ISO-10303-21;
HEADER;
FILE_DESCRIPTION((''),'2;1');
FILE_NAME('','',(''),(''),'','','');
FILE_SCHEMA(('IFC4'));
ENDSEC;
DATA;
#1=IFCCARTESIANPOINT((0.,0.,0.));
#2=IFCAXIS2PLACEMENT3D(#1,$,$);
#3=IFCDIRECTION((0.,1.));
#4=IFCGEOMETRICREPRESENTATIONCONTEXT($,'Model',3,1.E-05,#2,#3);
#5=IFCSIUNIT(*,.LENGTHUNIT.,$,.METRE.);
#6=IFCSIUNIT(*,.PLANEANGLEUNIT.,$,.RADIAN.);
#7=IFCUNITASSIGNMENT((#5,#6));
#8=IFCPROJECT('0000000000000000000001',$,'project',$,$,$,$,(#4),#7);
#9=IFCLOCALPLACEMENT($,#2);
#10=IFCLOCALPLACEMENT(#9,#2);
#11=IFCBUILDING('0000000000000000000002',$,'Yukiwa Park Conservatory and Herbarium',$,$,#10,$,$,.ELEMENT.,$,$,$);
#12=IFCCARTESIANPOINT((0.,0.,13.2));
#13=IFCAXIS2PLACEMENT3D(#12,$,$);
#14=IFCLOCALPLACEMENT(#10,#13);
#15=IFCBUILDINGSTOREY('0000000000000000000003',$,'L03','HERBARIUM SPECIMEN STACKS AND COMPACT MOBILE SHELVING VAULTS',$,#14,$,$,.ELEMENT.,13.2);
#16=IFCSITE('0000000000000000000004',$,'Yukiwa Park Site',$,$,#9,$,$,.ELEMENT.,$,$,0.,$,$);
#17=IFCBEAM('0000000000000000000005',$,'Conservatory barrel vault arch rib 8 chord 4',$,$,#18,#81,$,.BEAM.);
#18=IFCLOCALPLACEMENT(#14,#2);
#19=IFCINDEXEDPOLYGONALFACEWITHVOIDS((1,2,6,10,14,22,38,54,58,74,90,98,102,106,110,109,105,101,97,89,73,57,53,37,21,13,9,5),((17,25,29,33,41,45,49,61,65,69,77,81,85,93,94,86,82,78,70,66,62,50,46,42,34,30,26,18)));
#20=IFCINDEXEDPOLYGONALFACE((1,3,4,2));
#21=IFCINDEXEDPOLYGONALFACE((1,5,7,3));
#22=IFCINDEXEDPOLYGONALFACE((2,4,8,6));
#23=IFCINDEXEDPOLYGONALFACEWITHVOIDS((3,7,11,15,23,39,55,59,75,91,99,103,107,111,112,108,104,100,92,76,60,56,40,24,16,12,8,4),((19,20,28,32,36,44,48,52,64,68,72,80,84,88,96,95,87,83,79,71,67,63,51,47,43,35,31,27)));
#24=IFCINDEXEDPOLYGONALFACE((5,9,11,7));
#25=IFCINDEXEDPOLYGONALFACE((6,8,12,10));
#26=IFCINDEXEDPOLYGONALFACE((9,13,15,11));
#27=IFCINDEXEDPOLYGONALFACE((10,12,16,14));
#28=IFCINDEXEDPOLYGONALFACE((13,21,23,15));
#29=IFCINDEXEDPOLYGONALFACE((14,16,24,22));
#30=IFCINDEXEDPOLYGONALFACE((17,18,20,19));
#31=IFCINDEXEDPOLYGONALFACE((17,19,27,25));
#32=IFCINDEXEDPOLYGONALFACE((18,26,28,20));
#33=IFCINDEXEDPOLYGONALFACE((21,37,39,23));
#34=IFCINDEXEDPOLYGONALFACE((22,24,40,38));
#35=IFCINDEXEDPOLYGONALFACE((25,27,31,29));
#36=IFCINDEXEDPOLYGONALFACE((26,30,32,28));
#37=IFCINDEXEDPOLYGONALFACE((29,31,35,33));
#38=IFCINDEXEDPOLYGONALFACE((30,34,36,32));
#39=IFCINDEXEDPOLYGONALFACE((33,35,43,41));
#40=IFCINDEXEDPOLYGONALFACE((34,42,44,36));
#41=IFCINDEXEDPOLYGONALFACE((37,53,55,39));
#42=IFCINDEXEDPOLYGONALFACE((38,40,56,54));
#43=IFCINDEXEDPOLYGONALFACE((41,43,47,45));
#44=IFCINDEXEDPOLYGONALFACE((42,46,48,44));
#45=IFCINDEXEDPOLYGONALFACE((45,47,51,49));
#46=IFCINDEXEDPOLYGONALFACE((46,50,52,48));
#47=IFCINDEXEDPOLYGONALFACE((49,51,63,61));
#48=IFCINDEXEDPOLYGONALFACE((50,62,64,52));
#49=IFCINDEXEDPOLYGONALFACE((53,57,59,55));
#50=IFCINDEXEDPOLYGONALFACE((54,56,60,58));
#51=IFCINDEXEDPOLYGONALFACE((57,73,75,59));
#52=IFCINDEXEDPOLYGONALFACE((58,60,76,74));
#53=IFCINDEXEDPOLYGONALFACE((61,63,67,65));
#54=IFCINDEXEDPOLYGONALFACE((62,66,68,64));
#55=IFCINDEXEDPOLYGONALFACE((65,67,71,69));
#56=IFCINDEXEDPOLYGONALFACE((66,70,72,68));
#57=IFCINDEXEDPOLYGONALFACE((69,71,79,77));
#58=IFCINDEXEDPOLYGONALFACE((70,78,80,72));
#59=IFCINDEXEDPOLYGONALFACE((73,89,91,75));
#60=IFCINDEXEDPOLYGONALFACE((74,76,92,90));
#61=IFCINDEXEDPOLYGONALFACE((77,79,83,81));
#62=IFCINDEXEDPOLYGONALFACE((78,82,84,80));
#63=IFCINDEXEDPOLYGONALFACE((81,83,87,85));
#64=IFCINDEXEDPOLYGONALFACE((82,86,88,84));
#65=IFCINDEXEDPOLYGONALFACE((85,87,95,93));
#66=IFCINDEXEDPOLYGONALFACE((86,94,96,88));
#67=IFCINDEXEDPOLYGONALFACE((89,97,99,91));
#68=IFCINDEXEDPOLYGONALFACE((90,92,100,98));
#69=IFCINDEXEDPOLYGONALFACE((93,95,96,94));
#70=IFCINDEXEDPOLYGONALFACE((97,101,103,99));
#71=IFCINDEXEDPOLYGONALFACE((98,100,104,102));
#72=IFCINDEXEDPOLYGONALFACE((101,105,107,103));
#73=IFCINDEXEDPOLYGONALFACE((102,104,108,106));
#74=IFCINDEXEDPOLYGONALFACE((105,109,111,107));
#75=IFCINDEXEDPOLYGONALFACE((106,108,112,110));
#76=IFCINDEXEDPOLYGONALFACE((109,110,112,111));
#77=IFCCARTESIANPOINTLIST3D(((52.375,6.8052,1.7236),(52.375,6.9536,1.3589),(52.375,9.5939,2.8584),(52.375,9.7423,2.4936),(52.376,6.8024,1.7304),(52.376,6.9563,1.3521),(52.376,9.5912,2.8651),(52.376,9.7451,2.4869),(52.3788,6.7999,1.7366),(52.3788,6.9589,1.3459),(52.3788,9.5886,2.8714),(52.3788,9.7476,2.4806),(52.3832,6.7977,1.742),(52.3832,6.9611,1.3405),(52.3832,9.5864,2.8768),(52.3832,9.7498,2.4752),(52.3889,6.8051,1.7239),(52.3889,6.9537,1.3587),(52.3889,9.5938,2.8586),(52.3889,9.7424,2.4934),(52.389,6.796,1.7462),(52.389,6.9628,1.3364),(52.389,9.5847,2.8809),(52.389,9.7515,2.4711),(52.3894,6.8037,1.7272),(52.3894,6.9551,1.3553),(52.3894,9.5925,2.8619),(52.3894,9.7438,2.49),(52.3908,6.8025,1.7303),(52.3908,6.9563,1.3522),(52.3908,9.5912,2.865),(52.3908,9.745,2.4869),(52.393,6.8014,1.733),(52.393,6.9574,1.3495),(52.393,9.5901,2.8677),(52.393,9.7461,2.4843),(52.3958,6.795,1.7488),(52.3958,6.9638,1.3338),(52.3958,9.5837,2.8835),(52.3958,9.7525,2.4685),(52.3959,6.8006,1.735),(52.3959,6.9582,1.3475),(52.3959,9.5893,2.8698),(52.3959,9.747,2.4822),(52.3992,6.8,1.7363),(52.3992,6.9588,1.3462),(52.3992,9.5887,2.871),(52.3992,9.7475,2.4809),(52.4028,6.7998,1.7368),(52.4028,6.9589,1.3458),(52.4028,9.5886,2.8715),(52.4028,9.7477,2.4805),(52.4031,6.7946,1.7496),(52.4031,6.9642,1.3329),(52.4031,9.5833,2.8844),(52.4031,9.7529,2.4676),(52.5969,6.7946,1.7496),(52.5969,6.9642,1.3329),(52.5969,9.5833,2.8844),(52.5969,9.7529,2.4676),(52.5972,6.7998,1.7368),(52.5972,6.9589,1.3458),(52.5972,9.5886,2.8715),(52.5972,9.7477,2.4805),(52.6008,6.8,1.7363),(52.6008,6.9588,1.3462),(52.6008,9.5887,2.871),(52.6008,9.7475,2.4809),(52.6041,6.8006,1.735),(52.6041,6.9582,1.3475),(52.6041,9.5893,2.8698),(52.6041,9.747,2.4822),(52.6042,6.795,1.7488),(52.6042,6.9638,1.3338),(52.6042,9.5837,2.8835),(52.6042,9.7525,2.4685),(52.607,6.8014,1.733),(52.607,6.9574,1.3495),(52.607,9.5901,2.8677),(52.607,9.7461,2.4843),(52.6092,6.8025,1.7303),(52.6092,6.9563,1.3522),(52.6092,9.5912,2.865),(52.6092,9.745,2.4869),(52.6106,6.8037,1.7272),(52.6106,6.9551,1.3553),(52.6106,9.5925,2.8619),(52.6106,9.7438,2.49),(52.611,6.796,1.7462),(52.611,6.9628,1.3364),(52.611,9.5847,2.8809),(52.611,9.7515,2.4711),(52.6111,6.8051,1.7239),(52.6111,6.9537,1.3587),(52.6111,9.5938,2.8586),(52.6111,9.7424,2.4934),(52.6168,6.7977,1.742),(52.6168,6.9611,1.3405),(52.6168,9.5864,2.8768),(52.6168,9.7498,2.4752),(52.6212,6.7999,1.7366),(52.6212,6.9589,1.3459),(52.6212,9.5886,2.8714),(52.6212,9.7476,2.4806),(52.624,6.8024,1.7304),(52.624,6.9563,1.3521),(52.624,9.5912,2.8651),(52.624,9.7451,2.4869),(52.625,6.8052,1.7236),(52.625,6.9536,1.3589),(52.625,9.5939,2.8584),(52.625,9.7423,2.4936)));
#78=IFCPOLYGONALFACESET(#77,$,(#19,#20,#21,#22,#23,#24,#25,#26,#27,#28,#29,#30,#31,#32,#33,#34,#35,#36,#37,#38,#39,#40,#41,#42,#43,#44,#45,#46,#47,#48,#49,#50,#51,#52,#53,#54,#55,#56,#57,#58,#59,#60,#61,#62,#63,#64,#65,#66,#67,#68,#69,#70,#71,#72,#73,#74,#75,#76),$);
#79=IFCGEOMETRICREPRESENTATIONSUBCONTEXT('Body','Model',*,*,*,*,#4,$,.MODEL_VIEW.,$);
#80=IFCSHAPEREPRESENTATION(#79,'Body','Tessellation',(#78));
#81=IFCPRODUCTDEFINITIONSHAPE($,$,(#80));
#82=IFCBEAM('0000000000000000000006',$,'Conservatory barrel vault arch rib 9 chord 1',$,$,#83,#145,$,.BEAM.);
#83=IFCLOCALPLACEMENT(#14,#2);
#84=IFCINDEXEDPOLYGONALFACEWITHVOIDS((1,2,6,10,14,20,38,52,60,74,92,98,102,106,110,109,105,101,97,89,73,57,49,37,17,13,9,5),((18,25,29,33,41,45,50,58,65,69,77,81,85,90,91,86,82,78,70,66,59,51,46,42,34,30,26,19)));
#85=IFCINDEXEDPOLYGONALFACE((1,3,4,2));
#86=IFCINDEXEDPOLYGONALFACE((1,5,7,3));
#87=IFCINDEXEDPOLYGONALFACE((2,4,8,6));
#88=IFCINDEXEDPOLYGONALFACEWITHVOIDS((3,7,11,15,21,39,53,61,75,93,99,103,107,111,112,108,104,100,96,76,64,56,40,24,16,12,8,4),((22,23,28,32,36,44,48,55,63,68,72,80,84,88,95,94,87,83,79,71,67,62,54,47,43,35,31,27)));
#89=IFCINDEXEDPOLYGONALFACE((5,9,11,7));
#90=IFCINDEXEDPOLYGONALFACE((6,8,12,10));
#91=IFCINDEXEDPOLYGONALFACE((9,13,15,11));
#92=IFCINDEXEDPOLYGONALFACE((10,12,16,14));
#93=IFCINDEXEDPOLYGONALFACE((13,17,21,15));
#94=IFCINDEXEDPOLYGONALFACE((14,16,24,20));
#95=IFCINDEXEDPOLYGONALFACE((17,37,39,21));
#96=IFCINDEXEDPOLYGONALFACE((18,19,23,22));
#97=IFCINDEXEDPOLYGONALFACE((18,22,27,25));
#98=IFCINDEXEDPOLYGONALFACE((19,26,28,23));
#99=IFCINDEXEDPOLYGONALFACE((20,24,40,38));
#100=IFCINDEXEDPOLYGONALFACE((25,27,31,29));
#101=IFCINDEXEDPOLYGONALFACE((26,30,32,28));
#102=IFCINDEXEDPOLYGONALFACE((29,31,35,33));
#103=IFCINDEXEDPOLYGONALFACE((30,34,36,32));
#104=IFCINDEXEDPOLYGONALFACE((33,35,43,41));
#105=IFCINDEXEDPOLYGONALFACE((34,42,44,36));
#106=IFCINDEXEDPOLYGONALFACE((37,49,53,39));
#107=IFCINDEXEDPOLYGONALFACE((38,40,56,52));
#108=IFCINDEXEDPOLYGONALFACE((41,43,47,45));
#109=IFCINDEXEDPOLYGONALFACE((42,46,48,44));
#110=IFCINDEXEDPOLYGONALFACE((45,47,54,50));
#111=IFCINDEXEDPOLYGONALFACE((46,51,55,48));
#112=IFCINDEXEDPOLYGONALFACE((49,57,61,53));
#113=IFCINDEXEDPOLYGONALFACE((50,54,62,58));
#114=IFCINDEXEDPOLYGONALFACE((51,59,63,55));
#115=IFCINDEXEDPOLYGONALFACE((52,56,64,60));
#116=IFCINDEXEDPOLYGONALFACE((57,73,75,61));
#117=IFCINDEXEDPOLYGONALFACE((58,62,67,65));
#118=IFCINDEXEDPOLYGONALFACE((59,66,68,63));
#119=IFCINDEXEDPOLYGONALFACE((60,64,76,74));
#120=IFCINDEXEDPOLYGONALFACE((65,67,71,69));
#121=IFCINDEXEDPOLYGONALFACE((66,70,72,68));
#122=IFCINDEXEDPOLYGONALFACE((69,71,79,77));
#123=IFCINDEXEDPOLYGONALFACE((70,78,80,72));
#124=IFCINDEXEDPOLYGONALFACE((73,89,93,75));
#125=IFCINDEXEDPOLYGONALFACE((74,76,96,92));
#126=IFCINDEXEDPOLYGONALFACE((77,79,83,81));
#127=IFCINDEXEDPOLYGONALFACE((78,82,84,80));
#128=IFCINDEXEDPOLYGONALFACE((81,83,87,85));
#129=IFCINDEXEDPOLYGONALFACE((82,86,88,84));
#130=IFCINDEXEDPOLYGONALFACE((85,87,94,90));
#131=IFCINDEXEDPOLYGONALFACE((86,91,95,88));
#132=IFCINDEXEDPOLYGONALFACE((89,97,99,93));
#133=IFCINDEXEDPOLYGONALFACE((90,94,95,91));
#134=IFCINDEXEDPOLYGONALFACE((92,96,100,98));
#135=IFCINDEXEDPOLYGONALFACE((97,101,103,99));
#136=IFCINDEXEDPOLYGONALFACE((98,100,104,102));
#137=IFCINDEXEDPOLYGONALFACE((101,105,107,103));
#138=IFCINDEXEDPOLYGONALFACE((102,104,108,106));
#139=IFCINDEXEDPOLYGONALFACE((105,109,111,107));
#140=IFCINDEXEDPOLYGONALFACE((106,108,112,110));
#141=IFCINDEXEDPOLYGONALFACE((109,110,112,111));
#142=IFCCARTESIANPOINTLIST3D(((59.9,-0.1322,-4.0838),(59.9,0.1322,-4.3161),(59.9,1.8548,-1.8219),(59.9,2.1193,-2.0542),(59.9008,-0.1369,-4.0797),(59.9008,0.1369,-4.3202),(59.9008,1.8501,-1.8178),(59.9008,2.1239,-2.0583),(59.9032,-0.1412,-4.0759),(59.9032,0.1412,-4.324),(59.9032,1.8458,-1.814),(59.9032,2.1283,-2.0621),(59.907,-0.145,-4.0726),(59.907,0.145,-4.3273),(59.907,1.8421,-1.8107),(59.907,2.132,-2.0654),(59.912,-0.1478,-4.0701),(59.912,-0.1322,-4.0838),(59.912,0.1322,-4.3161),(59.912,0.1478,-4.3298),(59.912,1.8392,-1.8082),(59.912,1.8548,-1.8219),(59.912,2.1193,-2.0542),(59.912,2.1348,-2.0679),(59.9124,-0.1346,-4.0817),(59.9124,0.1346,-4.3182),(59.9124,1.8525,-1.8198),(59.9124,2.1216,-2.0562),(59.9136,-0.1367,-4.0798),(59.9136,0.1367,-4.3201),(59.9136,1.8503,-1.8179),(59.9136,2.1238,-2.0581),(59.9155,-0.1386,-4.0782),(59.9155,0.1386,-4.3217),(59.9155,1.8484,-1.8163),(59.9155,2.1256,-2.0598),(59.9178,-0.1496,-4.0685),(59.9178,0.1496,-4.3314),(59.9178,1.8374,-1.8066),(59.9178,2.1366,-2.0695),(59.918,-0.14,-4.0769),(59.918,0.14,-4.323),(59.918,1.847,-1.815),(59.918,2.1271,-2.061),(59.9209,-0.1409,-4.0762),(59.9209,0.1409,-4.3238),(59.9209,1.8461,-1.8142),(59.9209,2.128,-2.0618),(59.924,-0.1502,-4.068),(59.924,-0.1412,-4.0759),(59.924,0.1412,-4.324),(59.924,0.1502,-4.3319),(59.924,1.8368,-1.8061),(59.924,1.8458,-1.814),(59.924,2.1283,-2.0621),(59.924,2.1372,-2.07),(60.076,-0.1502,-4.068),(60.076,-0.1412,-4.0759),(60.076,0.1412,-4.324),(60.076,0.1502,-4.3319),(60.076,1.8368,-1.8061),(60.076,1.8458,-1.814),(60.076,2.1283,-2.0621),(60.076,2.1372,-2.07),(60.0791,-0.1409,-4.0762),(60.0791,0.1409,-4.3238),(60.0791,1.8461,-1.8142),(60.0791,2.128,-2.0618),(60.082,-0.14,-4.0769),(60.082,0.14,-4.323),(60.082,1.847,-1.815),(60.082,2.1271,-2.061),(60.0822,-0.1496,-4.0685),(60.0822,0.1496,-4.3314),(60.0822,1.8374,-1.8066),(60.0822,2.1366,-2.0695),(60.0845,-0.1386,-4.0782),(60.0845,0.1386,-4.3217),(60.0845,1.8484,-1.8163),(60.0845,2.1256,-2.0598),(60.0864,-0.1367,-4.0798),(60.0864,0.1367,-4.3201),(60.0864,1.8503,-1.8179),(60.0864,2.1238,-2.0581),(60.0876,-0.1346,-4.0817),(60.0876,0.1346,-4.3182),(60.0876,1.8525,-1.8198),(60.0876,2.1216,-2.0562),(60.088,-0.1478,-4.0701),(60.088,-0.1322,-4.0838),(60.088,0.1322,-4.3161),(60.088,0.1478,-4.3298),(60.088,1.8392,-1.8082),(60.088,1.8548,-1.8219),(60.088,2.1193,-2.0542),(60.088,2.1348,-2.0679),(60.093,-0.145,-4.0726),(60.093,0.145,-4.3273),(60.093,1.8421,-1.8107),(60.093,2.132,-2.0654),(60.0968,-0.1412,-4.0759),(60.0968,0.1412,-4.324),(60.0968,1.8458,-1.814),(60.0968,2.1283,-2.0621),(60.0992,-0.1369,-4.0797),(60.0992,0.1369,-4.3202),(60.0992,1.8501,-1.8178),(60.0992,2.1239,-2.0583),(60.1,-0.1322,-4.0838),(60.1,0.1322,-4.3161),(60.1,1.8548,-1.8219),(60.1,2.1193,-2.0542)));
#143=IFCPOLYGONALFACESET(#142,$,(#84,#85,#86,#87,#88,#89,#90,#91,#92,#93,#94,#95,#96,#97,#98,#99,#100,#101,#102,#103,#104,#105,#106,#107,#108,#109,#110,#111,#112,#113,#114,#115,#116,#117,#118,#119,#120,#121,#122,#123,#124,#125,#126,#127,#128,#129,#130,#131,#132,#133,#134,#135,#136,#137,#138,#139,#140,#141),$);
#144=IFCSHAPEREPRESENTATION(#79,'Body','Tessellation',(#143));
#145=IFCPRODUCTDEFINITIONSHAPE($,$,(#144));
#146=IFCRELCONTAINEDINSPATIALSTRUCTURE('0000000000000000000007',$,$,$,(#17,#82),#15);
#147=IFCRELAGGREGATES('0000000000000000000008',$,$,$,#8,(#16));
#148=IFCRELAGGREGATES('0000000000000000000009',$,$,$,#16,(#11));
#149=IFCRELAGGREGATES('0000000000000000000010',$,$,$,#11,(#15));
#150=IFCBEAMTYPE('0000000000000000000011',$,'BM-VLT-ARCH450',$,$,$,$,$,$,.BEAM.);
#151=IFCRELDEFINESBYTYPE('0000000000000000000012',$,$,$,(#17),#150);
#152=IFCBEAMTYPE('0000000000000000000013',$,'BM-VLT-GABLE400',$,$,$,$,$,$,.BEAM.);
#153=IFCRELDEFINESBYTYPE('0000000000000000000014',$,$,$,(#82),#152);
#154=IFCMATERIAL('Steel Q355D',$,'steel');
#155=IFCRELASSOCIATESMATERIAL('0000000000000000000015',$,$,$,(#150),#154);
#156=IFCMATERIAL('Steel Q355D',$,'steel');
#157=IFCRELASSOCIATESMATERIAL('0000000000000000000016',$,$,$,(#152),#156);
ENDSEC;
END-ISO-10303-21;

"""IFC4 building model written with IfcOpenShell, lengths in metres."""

from ifc_helpers import new_model, si_unit, direction, frame, origin, origin_2d, place, context, subcontext, project, spatial, hollow_rectangle, extrude, material, material_profile, profile_set, type_object, element, save


model = new_model("IFC4")

# Units and contexts
model_context = context("Model", 3, precision=1e-05, world=origin(), true_north=direction((0.0, 1.0)))
body_context = subcontext(model_context, "Body", "Model", "MODEL_VIEW")
ifc_project = project(units=[si_unit("LENGTHUNIT", "METRE"), si_unit("PLANEANGLEUNIT", "RADIAN")], contexts=[model_context])

# Site, building, storey
site_placement = place(None, origin())
site = spatial("IfcSite", under=ifc_project, at=site_placement, Name="Yukiwa Park Site", CompositionType="ELEMENT", RefElevation=0.0)
building_placement = place(site_placement, origin())
building = spatial("IfcBuilding", under=site, at=building_placement, Name="Yukiwa Park Conservatory and Herbarium", CompositionType="ELEMENT")
storey_placement = place(building_placement, frame((0.0, 0.0, 13.2)))
storey = spatial("IfcBuildingStorey", under=building, at=storey_placement, Name="L03", Description="HERBARIUM SPECIMEN STACKS AND COMPACT MOBILE SHELVING VAULTS", CompositionType="ELEMENT", Elevation=13.2)

# Beams
ifc_material_1 = material(Name="Steel Q355D", Category="steel")
ifc_material_profile_1 = material_profile(ifc_material_1, hollow_rectangle(XDim=0.25, YDim=0.45, WallThickness=0.0139, InnerFilletRadius=0.0139, OuterFilletRadius=0.0281, at=origin_2d()), Name="RHS 450x250x14")
ifc_profile_set_1 = profile_set([ifc_material_profile_1], Name="Steel Q355D")
beam_type_1 = type_object("IfcBeamType", Name="BM-VLT-ARCH450", PredefinedType="BEAM", material=ifc_profile_set_1)
beam_1_placement = place(storey_placement, frame((52.5, 6.8794, 1.5413), z_axis=(0.0, 0.926257, 0.376892), x_axis=(-1.0, 0.0, 0.0)))
element("IfcBeam", 1, at=beam_1_placement, inside=storey, type_object=beam_type_1, Name="Conservatory barrel vault arch rib 8 chord 4", PredefinedType="BEAM", context=body_context, shape_type="SweptSolid", body=[
    extrude(hollow_rectangle(XDim=0.25, YDim=0.45, WallThickness=0.0139, InnerFilletRadius=0.0139, OuterFilletRadius=0.0281, at=origin_2d()), origin(), (0.0, 0.0, 1.0), 3.0107),
])
ifc_material_2 = material(Name="Steel Q355D", Category="steel")
ifc_material_profile_2 = material_profile(ifc_material_2, hollow_rectangle(XDim=0.2, YDim=0.3999, WallThickness=0.012, InnerFilletRadius=0.012, OuterFilletRadius=0.0239, at=origin_2d()), Name="RHS 400x200x12")
ifc_profile_set_2 = profile_set([ifc_material_profile_2], Name="Steel Q355D")
beam_type_2 = type_object("IfcBeamType", Name="BM-VLT-GABLE400", PredefinedType="BEAM", material=ifc_profile_set_2)
beam_2_placement = place(storey_placement, frame((60.0, 0.0, -4.2), z_axis=(0.0, 0.659979, 0.751284), x_axis=(-1.0, 0.0, 0.0)))
element("IfcBeam", 2, at=beam_2_placement, inside=storey, type_object=beam_type_2, Name="Conservatory barrel vault arch rib 9 chord 1", PredefinedType="BEAM", context=body_context, shape_type="SweptSolid", body=[
    extrude(hollow_rectangle(XDim=0.2, YDim=0.3999, WallThickness=0.012, InnerFilletRadius=0.012, OuterFilletRadius=0.0239, at=origin_2d()), origin(), (0.0, 0.0, 1.0), 3.0107),
])

save(model, "model.ifc")
